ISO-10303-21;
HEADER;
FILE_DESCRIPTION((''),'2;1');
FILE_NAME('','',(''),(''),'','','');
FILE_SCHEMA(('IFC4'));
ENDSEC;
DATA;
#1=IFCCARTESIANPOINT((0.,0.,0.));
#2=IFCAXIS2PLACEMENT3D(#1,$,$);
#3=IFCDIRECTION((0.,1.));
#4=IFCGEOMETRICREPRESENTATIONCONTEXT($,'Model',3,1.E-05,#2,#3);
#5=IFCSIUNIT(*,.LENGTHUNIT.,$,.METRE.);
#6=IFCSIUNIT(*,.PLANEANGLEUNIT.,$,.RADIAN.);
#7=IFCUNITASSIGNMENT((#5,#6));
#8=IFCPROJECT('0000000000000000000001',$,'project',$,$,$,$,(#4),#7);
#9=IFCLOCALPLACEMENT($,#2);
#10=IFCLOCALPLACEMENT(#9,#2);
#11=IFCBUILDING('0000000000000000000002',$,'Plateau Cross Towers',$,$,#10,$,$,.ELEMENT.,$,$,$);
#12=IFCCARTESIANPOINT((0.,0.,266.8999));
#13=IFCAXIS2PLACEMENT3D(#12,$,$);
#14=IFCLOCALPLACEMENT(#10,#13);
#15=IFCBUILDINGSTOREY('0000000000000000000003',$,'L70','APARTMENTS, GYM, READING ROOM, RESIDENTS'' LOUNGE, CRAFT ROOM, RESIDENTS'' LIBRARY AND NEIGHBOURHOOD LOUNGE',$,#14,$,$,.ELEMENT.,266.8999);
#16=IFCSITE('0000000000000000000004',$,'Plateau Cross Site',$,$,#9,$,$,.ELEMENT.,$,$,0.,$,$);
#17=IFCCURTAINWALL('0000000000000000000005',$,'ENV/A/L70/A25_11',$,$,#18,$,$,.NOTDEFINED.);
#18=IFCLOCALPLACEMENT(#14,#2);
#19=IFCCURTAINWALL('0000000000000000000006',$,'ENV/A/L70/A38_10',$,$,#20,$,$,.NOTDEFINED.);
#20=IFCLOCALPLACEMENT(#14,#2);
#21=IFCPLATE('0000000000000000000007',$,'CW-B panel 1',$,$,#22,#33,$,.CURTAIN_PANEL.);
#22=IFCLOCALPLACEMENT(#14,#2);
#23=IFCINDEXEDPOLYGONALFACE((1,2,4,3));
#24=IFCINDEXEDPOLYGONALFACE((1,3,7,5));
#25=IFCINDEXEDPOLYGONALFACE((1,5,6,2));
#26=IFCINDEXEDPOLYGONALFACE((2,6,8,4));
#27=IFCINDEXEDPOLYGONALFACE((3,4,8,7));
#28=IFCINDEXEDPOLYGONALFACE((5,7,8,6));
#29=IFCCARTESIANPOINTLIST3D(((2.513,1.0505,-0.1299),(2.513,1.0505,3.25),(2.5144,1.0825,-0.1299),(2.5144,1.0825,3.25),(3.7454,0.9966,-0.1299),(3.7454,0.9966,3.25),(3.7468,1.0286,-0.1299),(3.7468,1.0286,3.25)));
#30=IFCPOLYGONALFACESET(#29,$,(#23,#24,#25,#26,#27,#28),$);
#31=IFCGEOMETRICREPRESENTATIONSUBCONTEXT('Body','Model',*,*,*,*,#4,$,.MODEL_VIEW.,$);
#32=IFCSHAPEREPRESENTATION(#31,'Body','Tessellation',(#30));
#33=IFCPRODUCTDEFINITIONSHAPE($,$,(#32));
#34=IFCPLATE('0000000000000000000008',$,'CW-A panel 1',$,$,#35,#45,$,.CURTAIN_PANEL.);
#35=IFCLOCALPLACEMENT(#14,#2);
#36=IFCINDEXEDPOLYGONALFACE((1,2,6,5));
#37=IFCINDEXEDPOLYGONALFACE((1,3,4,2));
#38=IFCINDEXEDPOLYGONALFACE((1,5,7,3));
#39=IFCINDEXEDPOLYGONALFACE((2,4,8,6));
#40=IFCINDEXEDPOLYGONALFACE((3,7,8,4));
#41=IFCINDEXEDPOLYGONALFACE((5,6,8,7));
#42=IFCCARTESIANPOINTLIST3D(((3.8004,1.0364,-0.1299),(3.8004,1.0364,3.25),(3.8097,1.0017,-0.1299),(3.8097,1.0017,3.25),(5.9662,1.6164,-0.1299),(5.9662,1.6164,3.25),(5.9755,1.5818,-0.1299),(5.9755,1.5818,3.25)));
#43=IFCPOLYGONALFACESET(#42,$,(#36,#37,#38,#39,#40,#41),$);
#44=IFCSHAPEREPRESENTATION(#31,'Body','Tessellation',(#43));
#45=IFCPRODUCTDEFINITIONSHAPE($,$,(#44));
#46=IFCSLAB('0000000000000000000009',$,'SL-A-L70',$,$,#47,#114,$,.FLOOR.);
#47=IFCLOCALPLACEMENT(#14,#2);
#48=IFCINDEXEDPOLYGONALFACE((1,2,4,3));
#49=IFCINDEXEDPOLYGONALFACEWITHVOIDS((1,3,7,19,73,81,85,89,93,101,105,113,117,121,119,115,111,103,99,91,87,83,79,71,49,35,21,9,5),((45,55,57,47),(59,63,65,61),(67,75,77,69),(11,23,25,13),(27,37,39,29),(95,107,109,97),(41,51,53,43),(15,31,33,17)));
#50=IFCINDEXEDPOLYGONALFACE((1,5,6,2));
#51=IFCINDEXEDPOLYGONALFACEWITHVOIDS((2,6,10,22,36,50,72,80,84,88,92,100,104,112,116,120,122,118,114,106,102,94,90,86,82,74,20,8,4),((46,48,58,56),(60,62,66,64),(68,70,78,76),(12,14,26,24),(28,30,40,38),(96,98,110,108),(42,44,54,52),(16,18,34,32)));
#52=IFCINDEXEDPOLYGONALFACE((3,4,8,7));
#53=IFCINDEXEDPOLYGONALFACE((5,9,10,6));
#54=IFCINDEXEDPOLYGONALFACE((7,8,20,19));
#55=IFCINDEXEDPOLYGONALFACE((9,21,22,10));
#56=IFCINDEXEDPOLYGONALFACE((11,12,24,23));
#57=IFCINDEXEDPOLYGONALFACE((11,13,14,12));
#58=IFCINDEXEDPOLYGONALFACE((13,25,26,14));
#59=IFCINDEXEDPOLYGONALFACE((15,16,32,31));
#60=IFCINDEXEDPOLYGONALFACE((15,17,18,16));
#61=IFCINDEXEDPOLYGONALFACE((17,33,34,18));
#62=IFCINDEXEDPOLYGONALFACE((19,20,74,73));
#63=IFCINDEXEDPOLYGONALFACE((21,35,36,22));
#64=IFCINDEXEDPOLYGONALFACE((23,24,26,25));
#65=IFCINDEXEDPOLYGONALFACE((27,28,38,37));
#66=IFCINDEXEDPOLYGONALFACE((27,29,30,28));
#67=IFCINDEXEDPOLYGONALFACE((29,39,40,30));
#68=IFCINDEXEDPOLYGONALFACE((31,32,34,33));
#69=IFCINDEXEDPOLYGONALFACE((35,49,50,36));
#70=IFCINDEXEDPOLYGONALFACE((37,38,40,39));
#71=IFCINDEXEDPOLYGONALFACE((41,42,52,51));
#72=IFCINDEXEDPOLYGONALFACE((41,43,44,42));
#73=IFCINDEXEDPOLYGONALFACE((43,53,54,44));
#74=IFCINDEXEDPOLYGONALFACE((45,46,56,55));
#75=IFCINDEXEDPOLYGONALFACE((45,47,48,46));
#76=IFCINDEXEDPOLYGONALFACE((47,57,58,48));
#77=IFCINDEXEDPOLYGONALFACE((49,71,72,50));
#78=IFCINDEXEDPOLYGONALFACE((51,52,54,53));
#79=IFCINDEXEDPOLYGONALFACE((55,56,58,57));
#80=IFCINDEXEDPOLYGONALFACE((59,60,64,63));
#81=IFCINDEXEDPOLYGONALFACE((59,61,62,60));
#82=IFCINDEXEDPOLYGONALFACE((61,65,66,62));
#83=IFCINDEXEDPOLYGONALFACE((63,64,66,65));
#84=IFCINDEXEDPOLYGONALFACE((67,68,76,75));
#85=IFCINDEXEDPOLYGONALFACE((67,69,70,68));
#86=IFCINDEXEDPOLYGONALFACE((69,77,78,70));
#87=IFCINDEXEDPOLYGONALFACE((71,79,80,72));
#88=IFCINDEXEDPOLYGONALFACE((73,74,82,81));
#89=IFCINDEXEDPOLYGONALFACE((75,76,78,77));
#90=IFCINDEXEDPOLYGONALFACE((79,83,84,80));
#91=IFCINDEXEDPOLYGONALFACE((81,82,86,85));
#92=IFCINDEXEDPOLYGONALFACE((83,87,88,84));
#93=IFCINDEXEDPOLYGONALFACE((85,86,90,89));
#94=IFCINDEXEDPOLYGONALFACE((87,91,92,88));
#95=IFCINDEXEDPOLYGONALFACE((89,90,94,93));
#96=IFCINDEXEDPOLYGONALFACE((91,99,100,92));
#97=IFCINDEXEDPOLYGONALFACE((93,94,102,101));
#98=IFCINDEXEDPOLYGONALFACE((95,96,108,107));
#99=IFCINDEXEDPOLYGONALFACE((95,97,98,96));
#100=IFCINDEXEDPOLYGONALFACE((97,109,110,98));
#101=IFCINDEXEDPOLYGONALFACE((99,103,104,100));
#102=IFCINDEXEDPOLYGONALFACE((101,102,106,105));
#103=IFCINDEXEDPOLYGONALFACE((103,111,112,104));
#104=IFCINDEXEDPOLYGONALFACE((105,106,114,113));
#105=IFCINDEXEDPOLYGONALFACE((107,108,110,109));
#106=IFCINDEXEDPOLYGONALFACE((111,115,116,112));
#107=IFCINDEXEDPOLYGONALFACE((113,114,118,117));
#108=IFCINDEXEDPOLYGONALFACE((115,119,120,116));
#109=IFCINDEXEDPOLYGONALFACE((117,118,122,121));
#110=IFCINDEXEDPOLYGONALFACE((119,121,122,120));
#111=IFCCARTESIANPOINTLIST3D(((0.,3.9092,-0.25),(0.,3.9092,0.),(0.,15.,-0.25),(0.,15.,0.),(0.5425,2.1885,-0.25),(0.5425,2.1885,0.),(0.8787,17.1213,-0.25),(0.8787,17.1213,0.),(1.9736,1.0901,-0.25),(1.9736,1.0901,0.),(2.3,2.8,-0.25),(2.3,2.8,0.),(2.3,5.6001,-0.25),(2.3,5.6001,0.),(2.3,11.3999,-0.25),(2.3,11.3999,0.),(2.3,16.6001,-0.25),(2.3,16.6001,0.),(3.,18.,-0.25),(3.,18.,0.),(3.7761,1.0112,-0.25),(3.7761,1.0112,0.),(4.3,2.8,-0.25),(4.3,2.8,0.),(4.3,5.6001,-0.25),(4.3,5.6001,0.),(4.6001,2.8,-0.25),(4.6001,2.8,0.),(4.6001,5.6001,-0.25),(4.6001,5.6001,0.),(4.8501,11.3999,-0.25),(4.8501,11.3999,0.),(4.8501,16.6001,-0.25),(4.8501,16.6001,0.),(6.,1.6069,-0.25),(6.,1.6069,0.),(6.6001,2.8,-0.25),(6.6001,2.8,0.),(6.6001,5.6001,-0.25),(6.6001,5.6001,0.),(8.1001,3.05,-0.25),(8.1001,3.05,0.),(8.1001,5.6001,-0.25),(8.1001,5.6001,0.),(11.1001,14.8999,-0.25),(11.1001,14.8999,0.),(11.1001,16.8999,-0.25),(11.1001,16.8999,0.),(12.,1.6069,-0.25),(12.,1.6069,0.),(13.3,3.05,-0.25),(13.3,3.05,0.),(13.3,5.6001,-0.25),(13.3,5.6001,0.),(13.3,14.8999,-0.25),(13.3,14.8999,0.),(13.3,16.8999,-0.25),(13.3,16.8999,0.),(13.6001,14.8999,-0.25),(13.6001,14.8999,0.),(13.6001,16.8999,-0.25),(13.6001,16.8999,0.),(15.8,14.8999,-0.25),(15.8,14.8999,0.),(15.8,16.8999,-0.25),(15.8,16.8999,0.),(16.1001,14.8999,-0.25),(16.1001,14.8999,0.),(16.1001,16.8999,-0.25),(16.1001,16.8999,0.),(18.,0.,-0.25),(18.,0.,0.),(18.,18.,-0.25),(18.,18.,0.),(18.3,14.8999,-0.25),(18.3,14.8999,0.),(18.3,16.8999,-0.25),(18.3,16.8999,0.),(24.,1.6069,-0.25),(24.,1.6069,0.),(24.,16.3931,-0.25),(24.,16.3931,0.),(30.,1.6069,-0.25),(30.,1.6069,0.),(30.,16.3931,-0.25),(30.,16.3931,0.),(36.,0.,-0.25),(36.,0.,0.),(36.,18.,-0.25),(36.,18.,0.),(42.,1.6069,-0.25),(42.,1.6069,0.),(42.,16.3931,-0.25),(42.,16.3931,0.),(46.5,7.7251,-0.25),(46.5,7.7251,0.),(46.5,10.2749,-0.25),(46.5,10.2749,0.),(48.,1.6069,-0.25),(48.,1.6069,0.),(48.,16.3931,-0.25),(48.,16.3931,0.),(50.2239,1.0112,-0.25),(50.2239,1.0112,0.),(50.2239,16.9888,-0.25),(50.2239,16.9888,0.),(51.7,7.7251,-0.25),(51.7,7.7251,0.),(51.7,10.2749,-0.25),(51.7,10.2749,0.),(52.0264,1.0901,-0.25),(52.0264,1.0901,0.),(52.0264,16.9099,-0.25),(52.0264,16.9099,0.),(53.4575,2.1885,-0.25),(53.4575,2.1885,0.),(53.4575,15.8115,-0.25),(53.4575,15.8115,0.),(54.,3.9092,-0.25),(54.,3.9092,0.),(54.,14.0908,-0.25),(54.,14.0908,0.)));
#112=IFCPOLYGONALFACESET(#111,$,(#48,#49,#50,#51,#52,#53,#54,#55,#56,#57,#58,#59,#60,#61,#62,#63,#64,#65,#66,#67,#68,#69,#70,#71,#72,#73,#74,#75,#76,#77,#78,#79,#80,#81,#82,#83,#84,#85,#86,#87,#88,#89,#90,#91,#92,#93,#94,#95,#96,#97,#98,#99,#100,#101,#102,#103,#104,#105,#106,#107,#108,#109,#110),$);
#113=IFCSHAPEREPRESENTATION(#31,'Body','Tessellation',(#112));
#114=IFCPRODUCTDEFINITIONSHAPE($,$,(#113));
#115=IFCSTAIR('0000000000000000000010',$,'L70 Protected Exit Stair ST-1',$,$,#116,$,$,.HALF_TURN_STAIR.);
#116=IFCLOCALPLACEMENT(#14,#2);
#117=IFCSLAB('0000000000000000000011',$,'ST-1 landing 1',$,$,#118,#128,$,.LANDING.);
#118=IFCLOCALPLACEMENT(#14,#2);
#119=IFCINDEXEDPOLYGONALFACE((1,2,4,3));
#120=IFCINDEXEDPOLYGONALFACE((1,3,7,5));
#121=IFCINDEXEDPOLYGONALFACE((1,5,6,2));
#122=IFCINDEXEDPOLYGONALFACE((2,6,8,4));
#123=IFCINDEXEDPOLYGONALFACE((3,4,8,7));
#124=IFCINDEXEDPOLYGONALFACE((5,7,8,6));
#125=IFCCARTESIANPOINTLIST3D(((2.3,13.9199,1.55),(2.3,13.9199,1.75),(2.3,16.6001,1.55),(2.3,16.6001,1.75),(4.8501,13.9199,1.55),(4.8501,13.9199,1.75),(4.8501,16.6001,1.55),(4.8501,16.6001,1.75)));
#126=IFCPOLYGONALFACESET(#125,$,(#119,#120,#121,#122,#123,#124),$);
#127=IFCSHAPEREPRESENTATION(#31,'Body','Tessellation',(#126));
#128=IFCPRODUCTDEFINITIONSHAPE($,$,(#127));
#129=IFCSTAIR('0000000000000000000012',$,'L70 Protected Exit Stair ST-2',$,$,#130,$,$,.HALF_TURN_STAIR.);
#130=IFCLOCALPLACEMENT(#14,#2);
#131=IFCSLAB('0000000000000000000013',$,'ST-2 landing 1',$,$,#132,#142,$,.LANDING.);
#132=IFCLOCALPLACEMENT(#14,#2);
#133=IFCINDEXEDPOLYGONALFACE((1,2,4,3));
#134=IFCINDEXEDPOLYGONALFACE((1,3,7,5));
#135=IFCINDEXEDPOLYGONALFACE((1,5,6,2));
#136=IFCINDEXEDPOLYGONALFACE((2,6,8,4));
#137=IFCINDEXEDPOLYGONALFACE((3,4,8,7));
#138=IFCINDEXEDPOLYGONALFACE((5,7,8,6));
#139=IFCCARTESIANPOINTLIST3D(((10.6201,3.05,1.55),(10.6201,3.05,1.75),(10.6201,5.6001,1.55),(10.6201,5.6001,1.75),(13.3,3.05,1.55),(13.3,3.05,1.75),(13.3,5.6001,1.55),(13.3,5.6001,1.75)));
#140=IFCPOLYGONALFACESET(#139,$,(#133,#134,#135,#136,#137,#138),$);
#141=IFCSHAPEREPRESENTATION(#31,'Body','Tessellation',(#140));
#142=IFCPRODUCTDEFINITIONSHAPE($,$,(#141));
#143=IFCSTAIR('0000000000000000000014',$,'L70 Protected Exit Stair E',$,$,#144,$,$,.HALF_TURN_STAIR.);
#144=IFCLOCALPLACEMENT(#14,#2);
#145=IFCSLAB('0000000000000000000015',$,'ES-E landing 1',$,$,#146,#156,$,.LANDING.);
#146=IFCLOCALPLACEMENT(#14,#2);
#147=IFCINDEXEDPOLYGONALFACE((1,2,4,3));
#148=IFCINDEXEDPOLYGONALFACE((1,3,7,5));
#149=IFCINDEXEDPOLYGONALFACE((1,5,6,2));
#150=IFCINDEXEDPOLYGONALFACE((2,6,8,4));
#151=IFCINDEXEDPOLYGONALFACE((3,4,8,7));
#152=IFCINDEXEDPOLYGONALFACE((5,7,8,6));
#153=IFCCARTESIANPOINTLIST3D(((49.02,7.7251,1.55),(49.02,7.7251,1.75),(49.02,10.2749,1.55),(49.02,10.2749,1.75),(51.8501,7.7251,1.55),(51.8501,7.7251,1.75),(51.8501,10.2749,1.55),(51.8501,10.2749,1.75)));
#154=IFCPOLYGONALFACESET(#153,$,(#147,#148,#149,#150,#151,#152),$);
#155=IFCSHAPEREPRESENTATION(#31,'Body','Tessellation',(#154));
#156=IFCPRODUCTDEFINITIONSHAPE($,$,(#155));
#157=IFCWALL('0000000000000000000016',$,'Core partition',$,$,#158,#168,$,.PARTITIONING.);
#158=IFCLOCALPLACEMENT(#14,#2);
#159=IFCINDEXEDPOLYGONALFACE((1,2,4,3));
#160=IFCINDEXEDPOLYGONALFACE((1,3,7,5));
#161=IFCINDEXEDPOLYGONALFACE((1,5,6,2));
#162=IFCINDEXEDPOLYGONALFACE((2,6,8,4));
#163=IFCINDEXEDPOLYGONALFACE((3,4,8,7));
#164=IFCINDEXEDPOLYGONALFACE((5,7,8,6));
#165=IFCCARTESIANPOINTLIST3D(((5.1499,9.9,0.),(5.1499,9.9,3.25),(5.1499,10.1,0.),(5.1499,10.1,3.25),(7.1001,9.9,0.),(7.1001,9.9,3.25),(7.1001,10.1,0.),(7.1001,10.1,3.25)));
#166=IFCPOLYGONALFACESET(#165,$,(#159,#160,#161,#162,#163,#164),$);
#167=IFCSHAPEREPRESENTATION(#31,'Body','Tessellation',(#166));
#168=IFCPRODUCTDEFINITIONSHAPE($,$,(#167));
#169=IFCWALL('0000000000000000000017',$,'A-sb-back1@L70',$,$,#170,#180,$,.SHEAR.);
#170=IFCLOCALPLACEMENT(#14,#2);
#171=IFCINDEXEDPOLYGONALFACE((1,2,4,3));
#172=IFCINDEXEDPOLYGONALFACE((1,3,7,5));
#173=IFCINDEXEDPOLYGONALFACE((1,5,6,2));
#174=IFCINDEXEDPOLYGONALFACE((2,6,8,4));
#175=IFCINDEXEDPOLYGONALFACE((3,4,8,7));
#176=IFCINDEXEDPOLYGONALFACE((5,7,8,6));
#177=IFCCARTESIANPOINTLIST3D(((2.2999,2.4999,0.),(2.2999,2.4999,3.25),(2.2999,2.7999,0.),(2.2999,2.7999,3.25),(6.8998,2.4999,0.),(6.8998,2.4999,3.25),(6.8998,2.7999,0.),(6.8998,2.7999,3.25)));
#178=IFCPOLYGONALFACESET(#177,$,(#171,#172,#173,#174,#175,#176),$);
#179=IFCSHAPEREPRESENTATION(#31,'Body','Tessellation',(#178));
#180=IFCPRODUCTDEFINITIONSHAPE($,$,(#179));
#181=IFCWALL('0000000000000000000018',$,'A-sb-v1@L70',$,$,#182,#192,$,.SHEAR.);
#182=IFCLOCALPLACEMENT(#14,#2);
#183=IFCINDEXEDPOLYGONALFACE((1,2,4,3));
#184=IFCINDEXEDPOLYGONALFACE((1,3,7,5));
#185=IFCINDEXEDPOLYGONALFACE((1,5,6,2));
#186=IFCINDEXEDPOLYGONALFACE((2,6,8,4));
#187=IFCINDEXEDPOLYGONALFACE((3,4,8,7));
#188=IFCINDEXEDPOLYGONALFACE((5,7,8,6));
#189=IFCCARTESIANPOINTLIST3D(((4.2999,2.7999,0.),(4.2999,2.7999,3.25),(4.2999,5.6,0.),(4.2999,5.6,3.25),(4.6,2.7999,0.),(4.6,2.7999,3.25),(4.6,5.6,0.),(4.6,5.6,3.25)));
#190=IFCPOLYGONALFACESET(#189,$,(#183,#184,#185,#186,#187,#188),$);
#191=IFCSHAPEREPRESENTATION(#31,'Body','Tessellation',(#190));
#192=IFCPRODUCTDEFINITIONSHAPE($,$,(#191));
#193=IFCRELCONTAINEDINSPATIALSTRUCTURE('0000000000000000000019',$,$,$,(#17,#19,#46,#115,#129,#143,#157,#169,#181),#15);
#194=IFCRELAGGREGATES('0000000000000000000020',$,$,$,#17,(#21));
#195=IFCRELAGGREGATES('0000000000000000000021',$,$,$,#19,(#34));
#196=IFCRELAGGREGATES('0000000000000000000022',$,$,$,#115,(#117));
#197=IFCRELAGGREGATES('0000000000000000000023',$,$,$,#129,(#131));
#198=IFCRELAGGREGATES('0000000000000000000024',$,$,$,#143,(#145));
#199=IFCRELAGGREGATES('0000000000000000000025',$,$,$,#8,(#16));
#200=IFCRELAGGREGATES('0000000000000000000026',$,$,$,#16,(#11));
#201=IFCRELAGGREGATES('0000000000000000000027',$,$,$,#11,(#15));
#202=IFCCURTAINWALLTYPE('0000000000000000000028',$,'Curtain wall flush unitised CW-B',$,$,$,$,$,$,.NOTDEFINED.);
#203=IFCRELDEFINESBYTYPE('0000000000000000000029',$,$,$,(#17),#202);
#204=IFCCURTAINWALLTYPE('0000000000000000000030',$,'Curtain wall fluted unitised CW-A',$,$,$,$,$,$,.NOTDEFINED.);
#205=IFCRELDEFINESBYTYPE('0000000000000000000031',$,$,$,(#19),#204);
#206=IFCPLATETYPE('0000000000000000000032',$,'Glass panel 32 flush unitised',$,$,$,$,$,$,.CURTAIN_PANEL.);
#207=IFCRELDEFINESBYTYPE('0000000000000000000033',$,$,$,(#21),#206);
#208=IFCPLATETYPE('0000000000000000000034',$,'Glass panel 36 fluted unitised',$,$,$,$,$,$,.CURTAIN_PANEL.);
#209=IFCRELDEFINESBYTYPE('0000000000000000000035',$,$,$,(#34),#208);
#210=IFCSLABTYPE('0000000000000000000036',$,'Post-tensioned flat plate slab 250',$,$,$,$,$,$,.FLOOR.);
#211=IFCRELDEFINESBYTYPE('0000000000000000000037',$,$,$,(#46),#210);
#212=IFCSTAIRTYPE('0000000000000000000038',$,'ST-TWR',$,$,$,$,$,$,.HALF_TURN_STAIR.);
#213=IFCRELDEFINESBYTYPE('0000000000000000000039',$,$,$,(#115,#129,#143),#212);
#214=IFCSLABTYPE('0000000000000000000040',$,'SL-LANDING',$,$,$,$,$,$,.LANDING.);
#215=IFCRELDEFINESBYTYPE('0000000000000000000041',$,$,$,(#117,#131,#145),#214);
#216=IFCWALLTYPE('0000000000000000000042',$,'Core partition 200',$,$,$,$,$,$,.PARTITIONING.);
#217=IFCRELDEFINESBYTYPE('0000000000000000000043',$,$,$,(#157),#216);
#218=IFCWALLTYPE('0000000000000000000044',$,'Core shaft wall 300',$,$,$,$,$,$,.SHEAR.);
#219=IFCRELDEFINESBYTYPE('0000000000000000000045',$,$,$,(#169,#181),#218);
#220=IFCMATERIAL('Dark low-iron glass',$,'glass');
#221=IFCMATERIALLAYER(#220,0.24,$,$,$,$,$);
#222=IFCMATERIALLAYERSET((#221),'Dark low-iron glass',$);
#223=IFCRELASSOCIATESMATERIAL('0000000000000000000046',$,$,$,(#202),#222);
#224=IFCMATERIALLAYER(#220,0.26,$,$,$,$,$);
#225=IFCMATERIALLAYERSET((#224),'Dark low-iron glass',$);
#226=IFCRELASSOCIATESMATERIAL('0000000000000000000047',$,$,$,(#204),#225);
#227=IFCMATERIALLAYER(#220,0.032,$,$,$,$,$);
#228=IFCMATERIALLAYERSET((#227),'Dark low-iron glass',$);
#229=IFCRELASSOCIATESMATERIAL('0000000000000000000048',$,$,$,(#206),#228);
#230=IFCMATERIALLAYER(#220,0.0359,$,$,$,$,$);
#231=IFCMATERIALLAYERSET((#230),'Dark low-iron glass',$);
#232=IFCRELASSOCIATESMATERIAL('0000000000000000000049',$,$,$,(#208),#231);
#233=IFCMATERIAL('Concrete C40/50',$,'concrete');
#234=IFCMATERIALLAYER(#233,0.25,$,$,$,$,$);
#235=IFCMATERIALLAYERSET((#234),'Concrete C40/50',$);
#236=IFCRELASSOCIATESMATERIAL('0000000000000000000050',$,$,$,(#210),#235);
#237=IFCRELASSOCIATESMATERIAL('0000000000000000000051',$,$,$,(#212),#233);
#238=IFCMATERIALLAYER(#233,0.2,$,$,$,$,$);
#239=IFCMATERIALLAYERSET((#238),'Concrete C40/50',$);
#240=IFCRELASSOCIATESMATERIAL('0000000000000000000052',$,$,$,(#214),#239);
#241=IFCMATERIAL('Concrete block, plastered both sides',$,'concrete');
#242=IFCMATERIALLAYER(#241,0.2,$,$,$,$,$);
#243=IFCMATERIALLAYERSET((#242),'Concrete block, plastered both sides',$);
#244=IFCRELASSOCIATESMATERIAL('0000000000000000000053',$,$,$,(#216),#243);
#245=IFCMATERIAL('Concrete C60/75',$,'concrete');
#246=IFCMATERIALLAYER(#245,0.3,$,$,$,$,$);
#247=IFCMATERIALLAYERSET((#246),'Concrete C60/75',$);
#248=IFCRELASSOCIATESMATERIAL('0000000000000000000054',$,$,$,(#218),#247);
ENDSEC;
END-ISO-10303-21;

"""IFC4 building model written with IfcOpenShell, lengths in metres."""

from ifc_helpers import new_model, si_unit, direction, frame, frame_2d, origin, origin_2d, place, context, subcontext, project, spatial, polyline, rectangle, outline, extrude, material, layer, layer_set, type_object, element, aggregate, save


model = new_model("IFC4")

# Units and contexts
model_context = context("Model", 3, precision=1e-05, world=origin(), true_north=direction((0.0, 1.0)))
body_context = subcontext(model_context, "Body", "Model", "MODEL_VIEW")
ifc_project = project(units=[si_unit("LENGTHUNIT", "METRE"), si_unit("PLANEANGLEUNIT", "RADIAN")], contexts=[model_context])

# Site, building, storey
site_placement = place(None, origin())
site = spatial("IfcSite", under=ifc_project, at=site_placement, Name="Plateau Cross Site", CompositionType="ELEMENT", RefElevation=0.0)
building_placement = place(site_placement, origin())
building = spatial("IfcBuilding", under=site, at=building_placement, Name="Plateau Cross Towers", CompositionType="ELEMENT")
storey_placement = place(building_placement, frame((0.0, 0.0, 266.8999)))
storey = spatial("IfcBuildingStorey", under=building, at=storey_placement, Name="L70", Description="APARTMENTS, GYM, READING ROOM, RESIDENTS' LOUNGE, CRAFT ROOM, RESIDENTS' LIBRARY AND NEIGHBOURHOOD LOUNGE", CompositionType="ELEMENT", Elevation=266.8999)

# Shared definitions
ifc_material_1 = material(Name="Concrete C60/75", Category="concrete")

# Shared definitions
ifc_material_2 = material(Name="Dark low-iron glass", Category="glass")
ifc_layer_1 = layer(ifc_material_2, 0.24)
ifc_layer_set_1 = layer_set([ifc_layer_1], Name="Dark low-iron glass")
curtain_wall_type_1 = type_object("IfcCurtainWallType", Name="Curtain wall flush unitised CW-B", PredefinedType="NOTDEFINED", material=ifc_layer_set_1)

# Curtain walls
curtain_wall_1_placement = place(storey_placement, origin())
curtain_wall_1 = element("IfcCurtainWall", 1, at=curtain_wall_1_placement, inside=storey, type_object=curtain_wall_type_1, Name="ENV/A/L70/A25_11", PredefinedType="NOTDEFINED")
ifc_layer_2 = layer(ifc_material_2, 0.26)
ifc_layer_set_2 = layer_set([ifc_layer_2], Name="Dark low-iron glass")
curtain_wall_type_2 = type_object("IfcCurtainWallType", Name="Curtain wall fluted unitised CW-A", PredefinedType="NOTDEFINED", material=ifc_layer_set_2)
curtain_wall_2_placement = place(storey_placement, origin())
curtain_wall_2 = element("IfcCurtainWall", 2, at=curtain_wall_2_placement, inside=storey, type_object=curtain_wall_type_2, Name="ENV/A/L70/A38_10", PredefinedType="NOTDEFINED")

# Plates
ifc_layer_3 = layer(ifc_material_2, 0.032)
ifc_layer_set_3 = layer_set([ifc_layer_3], Name="Dark low-iron glass")
plate_type_1 = type_object("IfcPlateType", Name="Glass panel 32 flush unitised", PredefinedType="CURTAIN_PANEL", material=ifc_layer_set_3)
plate_1_placement = place(storey_placement, frame((3.1299, 1.0396, -0.1299), z_axis=(0.0, 0.0, 1.0), x_axis=(0.999044, -0.043723, 0.0)))
plate_1 = element("IfcPlate", 3, at=plate_1_placement, type_object=plate_type_1, Name="CW-B panel 1", PredefinedType="CURTAIN_PANEL", context=body_context, shape_type="SweptSolid", body=[
    extrude(rectangle(XDim=1.2336, YDim=0.032, at=origin_2d()), origin(), (0.0, 0.0, 1.0), 3.3799),
])
aggregate(curtain_wall_1, [plate_1])
ifc_layer_4 = layer(ifc_material_2, 0.0359)
ifc_layer_set_4 = layer_set([ifc_layer_4], Name="Dark low-iron glass")
plate_type_2 = type_object("IfcPlateType", Name="Glass panel 36 fluted unitised", PredefinedType="CURTAIN_PANEL", material=ifc_layer_set_4)
plate_2_placement = place(storey_placement, frame((4.8879, 1.3091, -0.1299), z_axis=(0.0, 0.0, 1.0), x_axis=(0.965958, 0.258699, 0.0)))
plate_2 = element("IfcPlate", 4, at=plate_2_placement, type_object=plate_type_2, Name="CW-A panel 1", PredefinedType="CURTAIN_PANEL", context=body_context, shape_type="SweptSolid", body=[
    extrude(rectangle(XDim=2.2422, YDim=0.0359, at=origin_2d()), origin(), (0.0, 0.0, 1.0), 3.3799),
])
aggregate(curtain_wall_2, [plate_2])

# Slab
ifc_material_3 = material(Name="Concrete C40/50", Category="concrete")
ifc_layer_5 = layer(ifc_material_3, 0.25)
ifc_layer_set_5 = layer_set([ifc_layer_5], Name="Concrete C40/50")
slab_type_1 = type_object("IfcSlabType", Name="Post-tensioned flat plate slab 250", PredefinedType="FLOOR", material=ifc_layer_set_5)
slab_1_placement = place(storey_placement, frame((0.0, 0.0, -0.25)))
element("IfcSlab", 5, at=slab_1_placement, inside=storey, type_object=slab_type_1, Name="SL-A-L70", PredefinedType="FLOOR", context=body_context, shape_type="SweptSolid", body=[
    extrude(outline(polyline([(1.9736, 1.0901), (0.5425, 2.1885), (0.0, 3.9092), (0.0, 15.0), (0.8787, 17.1213), (3.0, 18.0), (18.0, 18.0), (24.0, 16.3931), (30.0, 16.3931), (36.0, 18.0), (42.0, 16.3931), (48.0, 16.3931), (50.2239, 16.9888), (52.0264, 16.9099), (53.4575, 15.8115), (54.0, 14.0908), (54.0, 3.9092), (53.4575, 2.1885), (52.0264, 1.0901), (50.2239, 1.0112), (48.0, 1.6069), (42.0, 1.6069), (36.0, 0.0), (30.0, 1.6069), (24.0, 1.6069), (18.0, 0.0), (12.0, 1.6069), (6.0, 1.6069), (3.7761, 1.0112), (1.9736, 1.0901)]), holes=[polyline([(4.3, 5.6001), (2.3, 5.6001), (2.3, 2.8), (4.3, 2.8), (4.3, 5.6001)]), polyline([(6.6001, 5.6001), (4.6001, 5.6001), (4.6001, 2.8), (6.6001, 2.8), (6.6001, 5.6001)]), polyline([(13.3, 5.6001), (8.1001, 5.6001), (8.1001, 3.05), (13.3, 3.05), (13.3, 5.6001)]), polyline([(51.7, 10.2749), (46.5, 10.2749), (46.5, 7.7251), (51.7, 7.7251), (51.7, 10.2749)]), polyline([(2.3, 16.6001), (2.3, 11.3999), (4.8501, 11.3999), (4.8501, 16.6001), (2.3, 16.6001)]), polyline([(13.3, 16.8999), (11.1001, 16.8999), (11.1001, 14.8999), (13.3, 14.8999), (13.3, 16.8999)]), polyline([(15.8, 16.8999), (13.6001, 16.8999), (13.6001, 14.8999), (15.8, 14.8999), (15.8, 16.8999)]), polyline([(18.3, 16.8999), (16.1001, 16.8999), (16.1001, 14.8999), (18.3, 14.8999), (18.3, 16.8999)])]), origin(), (0.0, 0.0, 1.0), 0.25),
])

# Stairs, slabs
stair_type = type_object("IfcStairType", Name="ST-TWR", PredefinedType="HALF_TURN_STAIR", material=ifc_material_3)
stair_1_placement = place(storey_placement, origin())
stair_1 = element("IfcStair", 6, at=stair_1_placement, inside=storey, type_object=stair_type, Name="L70 Protected Exit Stair ST-1", PredefinedType="HALF_TURN_STAIR")
ifc_layer_6 = layer(ifc_material_3, 0.2)
ifc_layer_set_6 = layer_set([ifc_layer_6], Name="Concrete C40/50")
slab_type_2 = type_object("IfcSlabType", Name="SL-LANDING", PredefinedType="LANDING", material=ifc_layer_set_6)
slab_2_placement = place(storey_placement, frame((0.0, 0.0, 1.55)))
slab_2 = element("IfcSlab", 7, at=slab_2_placement, type_object=slab_type_2, Name="ST-1 landing 1", PredefinedType="LANDING", context=body_context, shape_type="SweptSolid", body=[
    extrude(outline(polyline([(4.8501, 13.9199), (4.8501, 16.6001), (2.3, 16.6001), (2.3, 13.9199), (4.8501, 13.9199)])), origin(), (0.0, 0.0, 1.0), 0.2),
])
aggregate(stair_1, [slab_2])
stair_2_placement = place(storey_placement, origin())
stair_2 = element("IfcStair", 8, at=stair_2_placement, inside=storey, type_object=stair_type, Name="L70 Protected Exit Stair ST-2", PredefinedType="HALF_TURN_STAIR")
slab_3_placement = place(storey_placement, frame((0.0, 0.0, 1.55)))
slab_3 = element("IfcSlab", 9, at=slab_3_placement, type_object=slab_type_2, Name="ST-2 landing 1", PredefinedType="LANDING", context=body_context, shape_type="SweptSolid", body=[
    extrude(outline(polyline([(10.6201, 3.05), (13.3, 3.05), (13.3, 5.6001), (10.6201, 5.6001), (10.6201, 3.05)])), origin(), (0.0, 0.0, 1.0), 0.2),
])
aggregate(stair_2, [slab_3])
stair_3_placement = place(storey_placement, origin())
stair_3 = element("IfcStair", 10, at=stair_3_placement, inside=storey, type_object=stair_type, Name="L70 Protected Exit Stair E", PredefinedType="HALF_TURN_STAIR")
slab_4_placement = place(storey_placement, frame((0.0, 0.0, 1.55)))
slab_4 = element("IfcSlab", 11, at=slab_4_placement, type_object=slab_type_2, Name="ES-E landing 1", PredefinedType="LANDING", context=body_context, shape_type="SweptSolid", body=[
    extrude(outline(polyline([(49.02, 7.7251), (51.8501, 7.7251), (51.8501, 10.2749), (49.02, 10.2749), (49.02, 7.7251)])), origin(), (0.0, 0.0, 1.0), 0.2),
])
aggregate(stair_3, [slab_4])

# Walls
ifc_material_4 = material(Name="Concrete block, plastered both sides", Category="concrete")
ifc_layer_7 = layer(ifc_material_4, 0.2)
ifc_layer_set_7 = layer_set([ifc_layer_7], Name="Concrete block, plastered both sides")
wall_type_1 = type_object("IfcWallType", Name="Core partition 200", PredefinedType="PARTITIONING", material=ifc_layer_set_7)
wall_1_placement = place(storey_placement, frame((5.1499, 10.0, 0.0), z_axis=(0.0, 0.0, 1.0), x_axis=(1.0, 0.0, 0.0)))
element("IfcWall", 12, at=wall_1_placement, inside=storey, type_object=wall_type_1, Name="Core partition", PredefinedType="PARTITIONING", context=body_context, shape_type="SweptSolid", body=[
    extrude(rectangle(XDim=1.9502, YDim=0.2, at=frame_2d((0.9751, 0.0))), origin(), (0.0, 0.0, 1.0), 3.25),
])
ifc_layer_8 = layer(ifc_material_1, 0.3)
ifc_layer_set_8 = layer_set([ifc_layer_8], Name="Concrete C60/75")
wall_type_2 = type_object("IfcWallType", Name="Core shaft wall 300", PredefinedType="SHEAR", material=ifc_layer_set_8)
wall_2_placement = place(storey_placement, frame((2.3, 2.6499, 0.0), z_axis=(0.0, 0.0, 1.0), x_axis=(1.0, 0.0, 0.0)))
element("IfcWall", 13, at=wall_2_placement, inside=storey, type_object=wall_type_2, Name="A-sb-back1@L70", PredefinedType="SHEAR", context=body_context, shape_type="SweptSolid", body=[
    extrude(rectangle(XDim=4.5999, YDim=0.3, at=frame_2d((2.2998, 0.0))), origin(), (0.0, 0.0, 1.0), 3.25),
])
wall_3_placement = place(storey_placement, frame((4.45, 2.8, 0.0), z_axis=(0.0, 0.0, 1.0), x_axis=(0.0, 1.0, 0.0)))
element("IfcWall", 14, at=wall_3_placement, inside=storey, type_object=wall_type_2, Name="A-sb-v1@L70", PredefinedType="SHEAR", context=body_context, shape_type="SweptSolid", body=[
    extrude(rectangle(XDim=2.8, YDim=0.3, at=frame_2d((1.3999, 0.0))), origin(), (0.0, 0.0, 1.0), 3.25),
])

save(model, "model.ifc")
